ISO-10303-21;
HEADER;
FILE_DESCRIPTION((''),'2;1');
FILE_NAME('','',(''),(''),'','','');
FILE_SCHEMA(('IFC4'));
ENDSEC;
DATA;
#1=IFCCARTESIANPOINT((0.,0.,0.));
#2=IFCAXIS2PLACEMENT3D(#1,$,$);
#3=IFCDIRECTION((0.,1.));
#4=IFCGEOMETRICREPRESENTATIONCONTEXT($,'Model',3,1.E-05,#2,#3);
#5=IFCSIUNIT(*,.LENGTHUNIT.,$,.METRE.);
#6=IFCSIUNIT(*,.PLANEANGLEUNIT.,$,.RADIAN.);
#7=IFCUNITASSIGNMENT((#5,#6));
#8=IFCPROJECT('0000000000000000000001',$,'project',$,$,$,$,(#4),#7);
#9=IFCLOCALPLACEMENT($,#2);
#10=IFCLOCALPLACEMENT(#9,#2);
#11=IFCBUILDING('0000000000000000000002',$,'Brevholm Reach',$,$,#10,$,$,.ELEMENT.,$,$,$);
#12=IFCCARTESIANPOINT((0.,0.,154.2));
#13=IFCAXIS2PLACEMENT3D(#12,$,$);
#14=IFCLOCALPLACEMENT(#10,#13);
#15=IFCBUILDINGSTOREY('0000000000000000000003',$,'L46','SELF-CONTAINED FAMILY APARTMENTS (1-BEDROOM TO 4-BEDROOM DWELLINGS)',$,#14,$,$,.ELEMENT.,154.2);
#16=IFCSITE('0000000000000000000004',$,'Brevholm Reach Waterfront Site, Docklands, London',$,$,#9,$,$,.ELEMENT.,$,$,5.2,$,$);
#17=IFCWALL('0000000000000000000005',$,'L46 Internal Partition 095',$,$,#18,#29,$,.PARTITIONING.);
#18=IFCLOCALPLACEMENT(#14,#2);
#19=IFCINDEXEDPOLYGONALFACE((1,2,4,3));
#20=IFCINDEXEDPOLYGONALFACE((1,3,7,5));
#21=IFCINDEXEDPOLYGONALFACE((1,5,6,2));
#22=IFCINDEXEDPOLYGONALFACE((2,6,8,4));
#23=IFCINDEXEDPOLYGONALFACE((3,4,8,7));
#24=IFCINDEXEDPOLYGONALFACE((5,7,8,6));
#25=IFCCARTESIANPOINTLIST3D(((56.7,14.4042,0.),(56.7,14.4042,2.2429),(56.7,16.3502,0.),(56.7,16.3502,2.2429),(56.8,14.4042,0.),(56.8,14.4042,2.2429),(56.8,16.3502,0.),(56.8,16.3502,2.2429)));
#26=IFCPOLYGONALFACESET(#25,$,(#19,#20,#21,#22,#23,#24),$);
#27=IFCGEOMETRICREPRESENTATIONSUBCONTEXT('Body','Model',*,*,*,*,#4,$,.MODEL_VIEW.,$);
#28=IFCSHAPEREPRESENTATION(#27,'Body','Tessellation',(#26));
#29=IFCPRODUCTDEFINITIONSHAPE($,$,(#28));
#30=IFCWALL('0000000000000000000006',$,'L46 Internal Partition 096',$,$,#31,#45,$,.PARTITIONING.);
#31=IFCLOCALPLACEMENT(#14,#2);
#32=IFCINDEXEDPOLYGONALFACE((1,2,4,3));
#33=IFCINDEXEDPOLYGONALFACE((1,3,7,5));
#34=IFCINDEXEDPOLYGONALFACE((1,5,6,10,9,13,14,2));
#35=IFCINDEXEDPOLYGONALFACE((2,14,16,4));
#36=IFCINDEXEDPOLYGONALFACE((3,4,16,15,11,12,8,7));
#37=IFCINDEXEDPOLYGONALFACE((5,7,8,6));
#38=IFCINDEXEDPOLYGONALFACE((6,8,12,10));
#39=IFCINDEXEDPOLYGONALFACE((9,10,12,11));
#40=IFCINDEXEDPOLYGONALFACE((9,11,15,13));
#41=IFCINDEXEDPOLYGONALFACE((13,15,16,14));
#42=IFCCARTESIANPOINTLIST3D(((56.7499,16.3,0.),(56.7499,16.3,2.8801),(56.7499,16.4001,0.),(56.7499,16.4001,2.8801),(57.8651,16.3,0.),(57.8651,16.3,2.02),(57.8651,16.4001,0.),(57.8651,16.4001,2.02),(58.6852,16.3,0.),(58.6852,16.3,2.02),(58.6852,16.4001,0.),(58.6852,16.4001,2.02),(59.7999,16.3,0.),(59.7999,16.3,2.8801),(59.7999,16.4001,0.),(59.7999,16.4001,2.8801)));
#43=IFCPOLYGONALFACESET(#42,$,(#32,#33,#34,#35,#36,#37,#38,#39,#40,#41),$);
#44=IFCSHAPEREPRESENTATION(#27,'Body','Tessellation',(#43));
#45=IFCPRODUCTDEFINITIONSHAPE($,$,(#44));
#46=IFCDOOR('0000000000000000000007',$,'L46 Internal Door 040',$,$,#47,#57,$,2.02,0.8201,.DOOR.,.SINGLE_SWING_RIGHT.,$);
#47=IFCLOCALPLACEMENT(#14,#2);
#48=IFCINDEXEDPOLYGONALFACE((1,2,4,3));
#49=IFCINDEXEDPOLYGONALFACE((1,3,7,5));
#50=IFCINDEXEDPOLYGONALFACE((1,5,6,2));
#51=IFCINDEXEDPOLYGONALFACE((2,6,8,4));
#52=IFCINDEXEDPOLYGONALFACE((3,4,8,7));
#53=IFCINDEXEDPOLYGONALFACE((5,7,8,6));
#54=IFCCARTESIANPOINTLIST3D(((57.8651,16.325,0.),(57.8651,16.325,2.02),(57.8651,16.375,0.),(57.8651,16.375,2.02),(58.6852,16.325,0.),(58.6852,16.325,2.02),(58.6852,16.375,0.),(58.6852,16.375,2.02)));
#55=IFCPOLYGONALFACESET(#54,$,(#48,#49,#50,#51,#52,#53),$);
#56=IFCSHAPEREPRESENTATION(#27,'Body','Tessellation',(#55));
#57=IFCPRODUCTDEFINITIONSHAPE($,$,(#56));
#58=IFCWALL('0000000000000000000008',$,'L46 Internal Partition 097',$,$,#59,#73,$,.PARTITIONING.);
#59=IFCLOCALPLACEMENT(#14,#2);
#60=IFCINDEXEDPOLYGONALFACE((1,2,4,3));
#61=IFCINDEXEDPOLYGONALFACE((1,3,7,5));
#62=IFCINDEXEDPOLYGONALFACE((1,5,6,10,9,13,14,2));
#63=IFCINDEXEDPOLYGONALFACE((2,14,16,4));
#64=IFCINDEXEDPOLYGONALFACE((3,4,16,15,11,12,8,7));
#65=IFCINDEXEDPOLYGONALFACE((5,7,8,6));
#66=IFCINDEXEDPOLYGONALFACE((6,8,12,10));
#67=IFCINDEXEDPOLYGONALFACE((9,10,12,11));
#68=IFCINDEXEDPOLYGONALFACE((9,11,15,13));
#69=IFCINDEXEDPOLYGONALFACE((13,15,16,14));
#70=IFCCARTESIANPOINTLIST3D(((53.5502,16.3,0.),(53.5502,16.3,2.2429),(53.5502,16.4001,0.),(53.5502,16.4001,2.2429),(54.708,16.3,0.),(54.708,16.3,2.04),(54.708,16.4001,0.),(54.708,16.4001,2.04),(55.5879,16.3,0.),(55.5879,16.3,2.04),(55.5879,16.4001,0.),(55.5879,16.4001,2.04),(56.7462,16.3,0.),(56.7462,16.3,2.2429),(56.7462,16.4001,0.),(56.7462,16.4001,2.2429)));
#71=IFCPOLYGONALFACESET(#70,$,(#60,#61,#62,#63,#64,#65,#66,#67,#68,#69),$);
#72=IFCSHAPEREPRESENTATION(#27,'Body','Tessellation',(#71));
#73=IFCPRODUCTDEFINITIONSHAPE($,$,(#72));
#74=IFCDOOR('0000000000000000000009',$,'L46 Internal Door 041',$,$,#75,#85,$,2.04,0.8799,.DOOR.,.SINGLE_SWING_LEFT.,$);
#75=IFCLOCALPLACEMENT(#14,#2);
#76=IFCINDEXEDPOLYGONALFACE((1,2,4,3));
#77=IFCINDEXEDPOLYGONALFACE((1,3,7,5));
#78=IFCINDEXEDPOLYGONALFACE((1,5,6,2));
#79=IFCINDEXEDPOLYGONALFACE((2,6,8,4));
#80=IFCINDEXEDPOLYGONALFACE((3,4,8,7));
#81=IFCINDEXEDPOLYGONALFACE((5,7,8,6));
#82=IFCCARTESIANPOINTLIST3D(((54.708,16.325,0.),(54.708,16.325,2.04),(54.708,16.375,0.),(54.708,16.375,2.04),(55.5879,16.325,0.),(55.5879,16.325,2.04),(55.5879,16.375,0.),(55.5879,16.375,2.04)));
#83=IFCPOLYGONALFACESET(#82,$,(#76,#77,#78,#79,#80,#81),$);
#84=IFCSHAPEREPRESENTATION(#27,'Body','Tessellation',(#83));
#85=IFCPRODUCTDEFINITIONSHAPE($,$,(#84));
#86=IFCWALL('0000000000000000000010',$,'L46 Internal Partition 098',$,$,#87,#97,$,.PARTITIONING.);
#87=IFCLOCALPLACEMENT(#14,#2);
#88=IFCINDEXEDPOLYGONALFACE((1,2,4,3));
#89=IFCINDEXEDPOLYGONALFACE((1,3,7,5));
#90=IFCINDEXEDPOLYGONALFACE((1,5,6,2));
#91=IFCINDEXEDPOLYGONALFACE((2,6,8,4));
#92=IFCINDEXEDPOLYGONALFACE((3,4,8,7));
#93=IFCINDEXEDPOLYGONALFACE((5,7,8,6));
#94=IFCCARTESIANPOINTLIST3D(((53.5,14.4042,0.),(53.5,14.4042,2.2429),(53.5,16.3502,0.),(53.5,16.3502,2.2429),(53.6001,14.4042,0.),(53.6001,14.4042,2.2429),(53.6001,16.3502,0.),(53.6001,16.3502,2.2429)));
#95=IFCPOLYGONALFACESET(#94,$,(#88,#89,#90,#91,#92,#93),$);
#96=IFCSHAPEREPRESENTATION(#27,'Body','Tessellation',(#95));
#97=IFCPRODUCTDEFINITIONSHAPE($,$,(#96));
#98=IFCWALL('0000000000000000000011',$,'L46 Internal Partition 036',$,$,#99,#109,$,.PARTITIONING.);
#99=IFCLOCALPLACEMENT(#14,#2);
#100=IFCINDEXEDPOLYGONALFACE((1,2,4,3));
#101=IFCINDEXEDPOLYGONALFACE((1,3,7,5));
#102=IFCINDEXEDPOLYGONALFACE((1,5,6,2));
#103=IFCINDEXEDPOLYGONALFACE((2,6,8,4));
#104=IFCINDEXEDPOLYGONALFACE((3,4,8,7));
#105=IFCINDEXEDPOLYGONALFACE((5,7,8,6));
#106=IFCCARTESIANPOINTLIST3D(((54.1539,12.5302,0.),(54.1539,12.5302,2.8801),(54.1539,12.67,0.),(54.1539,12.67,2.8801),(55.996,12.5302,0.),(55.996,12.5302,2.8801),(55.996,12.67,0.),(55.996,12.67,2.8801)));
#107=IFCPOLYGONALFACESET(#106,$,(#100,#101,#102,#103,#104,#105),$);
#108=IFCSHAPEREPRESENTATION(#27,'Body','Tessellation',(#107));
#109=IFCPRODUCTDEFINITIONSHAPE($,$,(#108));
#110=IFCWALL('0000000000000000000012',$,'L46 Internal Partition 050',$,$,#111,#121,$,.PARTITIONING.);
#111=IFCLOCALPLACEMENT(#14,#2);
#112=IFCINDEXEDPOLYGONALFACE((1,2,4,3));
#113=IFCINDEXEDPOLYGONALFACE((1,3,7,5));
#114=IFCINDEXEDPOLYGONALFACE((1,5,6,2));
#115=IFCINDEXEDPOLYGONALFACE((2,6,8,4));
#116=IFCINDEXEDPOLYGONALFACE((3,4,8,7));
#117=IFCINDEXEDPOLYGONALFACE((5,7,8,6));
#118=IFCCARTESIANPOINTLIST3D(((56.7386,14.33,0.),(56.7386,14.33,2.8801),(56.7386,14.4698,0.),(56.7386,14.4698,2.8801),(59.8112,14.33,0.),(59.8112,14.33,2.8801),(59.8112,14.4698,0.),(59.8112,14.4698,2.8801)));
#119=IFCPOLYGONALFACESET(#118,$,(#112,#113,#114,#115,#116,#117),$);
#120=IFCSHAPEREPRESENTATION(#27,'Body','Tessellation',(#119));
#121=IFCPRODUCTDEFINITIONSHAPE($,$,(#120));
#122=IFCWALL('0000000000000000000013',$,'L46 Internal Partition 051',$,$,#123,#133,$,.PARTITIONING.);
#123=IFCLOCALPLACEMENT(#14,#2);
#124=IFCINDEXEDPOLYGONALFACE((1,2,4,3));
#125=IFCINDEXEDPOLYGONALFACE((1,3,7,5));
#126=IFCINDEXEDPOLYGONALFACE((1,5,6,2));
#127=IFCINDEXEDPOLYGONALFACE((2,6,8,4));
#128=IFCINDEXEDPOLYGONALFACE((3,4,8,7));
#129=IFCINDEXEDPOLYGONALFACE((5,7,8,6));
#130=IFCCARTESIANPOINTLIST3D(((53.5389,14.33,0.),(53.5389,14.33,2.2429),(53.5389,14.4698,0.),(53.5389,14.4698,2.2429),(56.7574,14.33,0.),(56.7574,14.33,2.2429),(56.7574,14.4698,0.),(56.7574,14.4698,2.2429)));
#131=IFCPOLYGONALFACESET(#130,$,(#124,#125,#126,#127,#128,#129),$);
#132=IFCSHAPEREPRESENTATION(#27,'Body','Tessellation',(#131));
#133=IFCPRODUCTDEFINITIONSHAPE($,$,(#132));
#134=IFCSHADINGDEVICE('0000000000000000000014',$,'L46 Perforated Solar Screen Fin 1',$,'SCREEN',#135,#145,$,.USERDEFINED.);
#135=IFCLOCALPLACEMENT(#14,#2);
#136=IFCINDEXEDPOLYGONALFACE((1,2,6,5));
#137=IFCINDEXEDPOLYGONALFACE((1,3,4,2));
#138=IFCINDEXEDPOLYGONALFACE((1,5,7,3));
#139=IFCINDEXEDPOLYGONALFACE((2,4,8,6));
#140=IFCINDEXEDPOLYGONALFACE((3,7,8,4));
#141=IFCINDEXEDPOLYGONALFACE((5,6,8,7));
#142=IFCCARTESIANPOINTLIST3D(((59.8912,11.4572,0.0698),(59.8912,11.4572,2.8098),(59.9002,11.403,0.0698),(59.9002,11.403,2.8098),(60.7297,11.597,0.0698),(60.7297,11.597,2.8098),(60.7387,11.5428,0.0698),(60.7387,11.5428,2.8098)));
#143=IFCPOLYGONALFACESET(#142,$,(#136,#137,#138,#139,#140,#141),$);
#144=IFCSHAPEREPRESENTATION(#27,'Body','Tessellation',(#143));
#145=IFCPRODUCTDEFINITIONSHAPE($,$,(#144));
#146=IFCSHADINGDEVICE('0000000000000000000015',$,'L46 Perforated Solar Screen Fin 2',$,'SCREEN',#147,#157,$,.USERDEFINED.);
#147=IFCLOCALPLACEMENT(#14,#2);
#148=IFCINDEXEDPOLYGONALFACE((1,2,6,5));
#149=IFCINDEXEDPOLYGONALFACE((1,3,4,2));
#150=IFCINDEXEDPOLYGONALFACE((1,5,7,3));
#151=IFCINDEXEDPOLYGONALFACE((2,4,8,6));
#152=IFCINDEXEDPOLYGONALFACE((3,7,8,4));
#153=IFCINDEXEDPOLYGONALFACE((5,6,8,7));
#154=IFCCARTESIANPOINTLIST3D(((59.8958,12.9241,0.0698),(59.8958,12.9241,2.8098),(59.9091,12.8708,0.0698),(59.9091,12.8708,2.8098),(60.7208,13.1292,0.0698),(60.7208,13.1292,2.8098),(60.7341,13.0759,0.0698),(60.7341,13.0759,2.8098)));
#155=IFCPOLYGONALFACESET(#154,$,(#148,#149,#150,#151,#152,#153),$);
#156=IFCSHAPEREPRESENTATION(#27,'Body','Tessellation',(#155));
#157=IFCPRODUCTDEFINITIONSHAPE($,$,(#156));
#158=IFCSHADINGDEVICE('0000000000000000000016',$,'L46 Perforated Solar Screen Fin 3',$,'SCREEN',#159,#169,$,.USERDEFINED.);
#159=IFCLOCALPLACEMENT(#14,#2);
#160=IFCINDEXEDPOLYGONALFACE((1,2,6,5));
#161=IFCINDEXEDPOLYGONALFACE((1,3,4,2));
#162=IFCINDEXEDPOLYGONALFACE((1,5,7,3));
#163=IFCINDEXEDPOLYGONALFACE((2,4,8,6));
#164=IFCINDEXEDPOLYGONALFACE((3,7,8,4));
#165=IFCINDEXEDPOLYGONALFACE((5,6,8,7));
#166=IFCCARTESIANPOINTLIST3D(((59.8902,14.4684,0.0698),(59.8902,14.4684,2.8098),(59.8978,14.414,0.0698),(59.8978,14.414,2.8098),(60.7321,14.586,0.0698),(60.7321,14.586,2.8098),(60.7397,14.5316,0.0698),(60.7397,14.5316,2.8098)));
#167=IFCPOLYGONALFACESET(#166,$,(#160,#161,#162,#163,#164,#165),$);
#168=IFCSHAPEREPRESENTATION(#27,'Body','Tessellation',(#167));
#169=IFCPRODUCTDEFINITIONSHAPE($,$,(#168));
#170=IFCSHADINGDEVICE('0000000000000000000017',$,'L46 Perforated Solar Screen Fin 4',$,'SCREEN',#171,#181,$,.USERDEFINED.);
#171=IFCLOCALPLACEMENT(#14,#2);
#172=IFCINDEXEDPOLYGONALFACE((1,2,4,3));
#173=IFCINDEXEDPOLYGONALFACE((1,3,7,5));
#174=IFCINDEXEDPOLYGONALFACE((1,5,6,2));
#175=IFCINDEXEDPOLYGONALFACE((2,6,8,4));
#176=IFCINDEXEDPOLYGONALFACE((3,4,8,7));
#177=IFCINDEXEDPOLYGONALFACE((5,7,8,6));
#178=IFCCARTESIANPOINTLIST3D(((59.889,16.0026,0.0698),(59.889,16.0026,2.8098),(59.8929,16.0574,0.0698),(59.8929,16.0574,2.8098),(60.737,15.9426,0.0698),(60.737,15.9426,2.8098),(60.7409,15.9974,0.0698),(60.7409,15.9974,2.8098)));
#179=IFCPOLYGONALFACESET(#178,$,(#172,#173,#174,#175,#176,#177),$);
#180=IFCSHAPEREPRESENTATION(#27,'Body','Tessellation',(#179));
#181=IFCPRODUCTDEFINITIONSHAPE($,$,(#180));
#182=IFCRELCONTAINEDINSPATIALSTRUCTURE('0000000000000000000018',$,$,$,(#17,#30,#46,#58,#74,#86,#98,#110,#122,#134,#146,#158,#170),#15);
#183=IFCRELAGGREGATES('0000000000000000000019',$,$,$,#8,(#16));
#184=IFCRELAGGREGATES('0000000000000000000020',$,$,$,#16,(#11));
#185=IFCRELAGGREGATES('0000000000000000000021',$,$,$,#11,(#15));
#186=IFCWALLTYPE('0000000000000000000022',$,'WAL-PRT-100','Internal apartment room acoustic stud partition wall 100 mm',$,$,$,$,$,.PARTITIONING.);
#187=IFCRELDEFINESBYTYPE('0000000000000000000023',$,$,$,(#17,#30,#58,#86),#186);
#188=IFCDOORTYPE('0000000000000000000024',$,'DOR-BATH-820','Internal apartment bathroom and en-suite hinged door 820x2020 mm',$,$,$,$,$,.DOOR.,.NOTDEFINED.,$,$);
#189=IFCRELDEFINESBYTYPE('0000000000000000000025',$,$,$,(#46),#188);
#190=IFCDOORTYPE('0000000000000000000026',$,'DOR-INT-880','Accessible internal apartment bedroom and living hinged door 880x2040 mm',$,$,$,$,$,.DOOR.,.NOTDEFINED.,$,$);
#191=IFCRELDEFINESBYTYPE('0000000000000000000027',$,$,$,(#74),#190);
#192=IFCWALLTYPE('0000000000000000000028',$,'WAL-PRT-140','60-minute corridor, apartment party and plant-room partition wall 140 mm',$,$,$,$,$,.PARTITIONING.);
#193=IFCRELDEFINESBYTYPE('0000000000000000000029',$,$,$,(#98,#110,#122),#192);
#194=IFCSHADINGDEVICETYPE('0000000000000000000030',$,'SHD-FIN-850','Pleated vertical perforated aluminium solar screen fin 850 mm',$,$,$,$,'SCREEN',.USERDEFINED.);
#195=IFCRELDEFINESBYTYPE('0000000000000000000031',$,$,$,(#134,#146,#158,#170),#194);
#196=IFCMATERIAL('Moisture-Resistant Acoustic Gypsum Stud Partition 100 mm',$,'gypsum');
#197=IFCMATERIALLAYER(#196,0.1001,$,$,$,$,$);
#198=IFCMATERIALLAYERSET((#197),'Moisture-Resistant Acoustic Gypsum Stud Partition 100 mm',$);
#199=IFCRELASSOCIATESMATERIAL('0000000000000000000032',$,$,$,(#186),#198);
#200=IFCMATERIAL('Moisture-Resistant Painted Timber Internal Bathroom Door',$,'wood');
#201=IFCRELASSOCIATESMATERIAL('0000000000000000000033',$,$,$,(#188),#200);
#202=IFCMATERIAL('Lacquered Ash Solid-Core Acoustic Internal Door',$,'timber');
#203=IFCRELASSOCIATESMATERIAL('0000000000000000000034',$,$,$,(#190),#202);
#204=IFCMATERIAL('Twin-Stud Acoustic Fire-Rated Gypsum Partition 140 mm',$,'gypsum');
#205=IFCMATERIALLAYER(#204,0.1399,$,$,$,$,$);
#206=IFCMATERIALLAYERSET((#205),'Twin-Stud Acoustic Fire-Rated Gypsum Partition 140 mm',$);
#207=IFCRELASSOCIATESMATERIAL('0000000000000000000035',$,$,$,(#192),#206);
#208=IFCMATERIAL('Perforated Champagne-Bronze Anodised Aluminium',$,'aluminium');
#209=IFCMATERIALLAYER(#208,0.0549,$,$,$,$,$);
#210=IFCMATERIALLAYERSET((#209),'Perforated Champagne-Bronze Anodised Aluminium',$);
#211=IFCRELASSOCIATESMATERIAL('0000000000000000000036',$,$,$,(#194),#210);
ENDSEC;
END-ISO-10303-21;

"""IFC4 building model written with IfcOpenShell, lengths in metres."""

from ifc_helpers import new_model, si_unit, direction, frame, frame_2d, origin, origin_2d, place, context, subcontext, project, spatial, rectangle, extrude, material, layer, layer_set, type_object, element, fill, save


model = new_model("IFC4")

# Units and contexts
model_context = context("Model", 3, precision=1e-05, world=origin(), true_north=direction((0.0, 1.0)))
body_context = subcontext(model_context, "Body", "Model", "MODEL_VIEW")
ifc_project = project(units=[si_unit("LENGTHUNIT", "METRE"), si_unit("PLANEANGLEUNIT", "RADIAN")], contexts=[model_context])

# Site, building, storey
site_placement = place(None, origin())
site = spatial("IfcSite", under=ifc_project, at=site_placement, Name="Brevholm Reach Waterfront Site, Docklands, London", CompositionType="ELEMENT", RefElevation=5.2)
building_placement = place(site_placement, origin())
building = spatial("IfcBuilding", under=site, at=building_placement, Name="Brevholm Reach", CompositionType="ELEMENT")
storey_placement = place(building_placement, frame((0.0, 0.0, 154.2)))
storey = spatial("IfcBuildingStorey", under=building, at=storey_placement, Name="L46", Description="SELF-CONTAINED FAMILY APARTMENTS (1-BEDROOM TO 4-BEDROOM DWELLINGS)", CompositionType="ELEMENT", Elevation=154.2)

# Wall
ifc_material_1 = material(Name="Moisture-Resistant Acoustic Gypsum Stud Partition 100 mm", Category="gypsum")
ifc_layer_1 = layer(ifc_material_1, 0.1001)
ifc_layer_set_1 = layer_set([ifc_layer_1], Name="Moisture-Resistant Acoustic Gypsum Stud Partition 100 mm")
wall_type_1 = type_object("IfcWallType", Name="WAL-PRT-100", Description="Internal apartment room acoustic stud partition wall 100 mm", PredefinedType="PARTITIONING", material=ifc_layer_set_1)
wall_1_placement = place(storey_placement, frame((56.75, 14.4041, 0.0), z_axis=(0.0, 0.0, 1.0), x_axis=(0.0, 1.0, 0.0)))
element("IfcWall", 1, at=wall_1_placement, inside=storey, type_object=wall_type_1, Name="L46 Internal Partition 095", PredefinedType="PARTITIONING", context=body_context, shape_type="SweptSolid", body=[
    extrude(rectangle(XDim=1.946, YDim=0.1001, at=frame_2d((0.9731, 0.0))), origin(), (0.0, 0.0, 1.0), 2.2429),
])

# Walls, openings, doors
wall_2_placement = place(storey_placement, frame((56.75, 16.3501, 0.0), z_axis=(0.0, 0.0, 1.0), x_axis=(1.0, 0.0, 0.0)))
wall_2 = element("IfcWall", 2, at=wall_2_placement, inside=storey, type_object=wall_type_1, Name="L46 Internal Partition 096", PredefinedType="PARTITIONING", context=body_context, shape_type="SweptSolid", body=[
    extrude(rectangle(XDim=3.05, YDim=0.1001, at=frame_2d((1.5249, 0.0))), origin(), (0.0, 0.0, 1.0), 2.8801),
])
opening_1_placement = place(wall_2_placement, frame((1.115, 0.0, 0.0)))
opening_1 = element("IfcOpeningElement", 3, at=opening_1_placement, cuts=wall_2, PredefinedType="OPENING", context=body_context, shape_type="SweptSolid", body=[
    extrude(rectangle(XDim=0.8201, YDim=2.02, at=frame_2d((0.4102, 1.01))), frame((0.0, 0.0601, 0.0), z_axis=(0.0, -1.0, 0.0), x_axis=(1.0, 0.0, 0.0)), (0.0, 0.0, 1.0), 0.1201),
])
ifc_material_2 = material(Name="Moisture-Resistant Painted Timber Internal Bathroom Door", Category="wood")
door_type_1 = type_object("IfcDoorType", Name="DOR-BATH-820", Description="Internal apartment bathroom and en-suite hinged door 820x2020 mm", OperationType="NOTDEFINED", PredefinedType="DOOR", material=ifc_material_2)
door_1_placement = place(opening_1_placement, origin())
door_1 = element("IfcDoor", 4, at=door_1_placement, inside=storey, type_object=door_type_1, Name="L46 Internal Door 040", OperationType="SINGLE_SWING_RIGHT", OverallHeight=2.02, OverallWidth=0.8201, PredefinedType="DOOR", context=body_context, shape_type="SweptSolid", body=[
    extrude(rectangle(XDim=0.8201, YDim=2.02, at=frame_2d((0.4102, 1.01))), frame((0.0, 0.0249, 0.0), z_axis=(0.0, -1.0, 0.0), x_axis=(1.0, 0.0, 0.0)), (0.0, 0.0, 1.0), 0.05),
])
fill(opening_1, door_1)
wall_3_placement = place(storey_placement, frame((53.55, 16.3501, 0.0), z_axis=(0.0, 0.0, 1.0), x_axis=(1.0, 0.0, 0.0)))
wall_3 = element("IfcWall", 5, at=wall_3_placement, inside=storey, type_object=wall_type_1, Name="L46 Internal Partition 097", PredefinedType="PARTITIONING", context=body_context, shape_type="SweptSolid", body=[
    extrude(rectangle(XDim=3.196, YDim=0.1001, at=frame_2d((1.5981, 0.0))), origin(), (0.0, 0.0, 1.0), 2.2429),
])
opening_2_placement = place(wall_3_placement, frame((1.158, 0.0, 0.0)))
opening_2 = element("IfcOpeningElement", 6, at=opening_2_placement, cuts=wall_3, PredefinedType="OPENING", context=body_context, shape_type="SweptSolid", body=[
    extrude(rectangle(XDim=0.8799, YDim=2.04, at=frame_2d((0.4399, 1.02))), frame((0.0, 0.0601, 0.0), z_axis=(0.0, -1.0, 0.0), x_axis=(1.0, 0.0, 0.0)), (0.0, 0.0, 1.0), 0.1201),
])
ifc_material_3 = material(Name="Lacquered Ash Solid-Core Acoustic Internal Door", Category="timber")
door_type_2 = type_object("IfcDoorType", Name="DOR-INT-880", Description="Accessible internal apartment bedroom and living hinged door 880x2040 mm", OperationType="NOTDEFINED", PredefinedType="DOOR", material=ifc_material_3)
door_2_placement = place(opening_2_placement, origin())
door_2 = element("IfcDoor", 7, at=door_2_placement, inside=storey, type_object=door_type_2, Name="L46 Internal Door 041", OperationType="SINGLE_SWING_LEFT", OverallHeight=2.04, OverallWidth=0.8799, PredefinedType="DOOR", context=body_context, shape_type="SweptSolid", body=[
    extrude(rectangle(XDim=0.8799, YDim=2.04, at=frame_2d((0.4399, 1.02))), frame((0.0, 0.0249, 0.0), z_axis=(0.0, -1.0, 0.0), x_axis=(1.0, 0.0, 0.0)), (0.0, 0.0, 1.0), 0.05),
])
fill(opening_2, door_2)

# Walls
wall_4_placement = place(storey_placement, frame((53.55, 14.4041, 0.0), z_axis=(0.0, 0.0, 1.0), x_axis=(0.0, 1.0, 0.0)))
element("IfcWall", 8, at=wall_4_placement, inside=storey, type_object=wall_type_1, Name="L46 Internal Partition 098", PredefinedType="PARTITIONING", context=body_context, shape_type="SweptSolid", body=[
    extrude(rectangle(XDim=1.946, YDim=0.1001, at=frame_2d((0.9731, 0.0))), origin(), (0.0, 0.0, 1.0), 2.2429),
])
ifc_material_4 = material(Name="Twin-Stud Acoustic Fire-Rated Gypsum Partition 140 mm", Category="gypsum")
ifc_layer_2 = layer(ifc_material_4, 0.1399)
ifc_layer_set_2 = layer_set([ifc_layer_2], Name="Twin-Stud Acoustic Fire-Rated Gypsum Partition 140 mm")
wall_type_2 = type_object("IfcWallType", Name="WAL-PRT-140", Description="60-minute corridor, apartment party and plant-room partition wall 140 mm", PredefinedType="PARTITIONING", material=ifc_layer_set_2)
wall_5_placement = place(storey_placement, frame((54.1541, 12.6001, 0.0), z_axis=(0.0, 0.0, 1.0), x_axis=(1.0, 0.0, 0.0)))
element("IfcWall", 9, at=wall_5_placement, inside=storey, type_object=wall_type_2, Name="L46 Internal Partition 036", PredefinedType="PARTITIONING", context=body_context, shape_type="SweptSolid", body=[
    extrude(rectangle(XDim=1.842, YDim=0.1399, at=frame_2d((0.9209, 0.0))), origin(), (0.0, 0.0, 1.0), 2.8801),
])
wall_6_placement = place(storey_placement, frame((56.7388, 14.3999, 0.0), z_axis=(0.0, 0.0, 1.0), x_axis=(1.0, 0.0, 0.0)))
element("IfcWall", 10, at=wall_6_placement, inside=storey, type_object=wall_type_2, Name="L46 Internal Partition 050", PredefinedType="PARTITIONING", context=body_context, shape_type="SweptSolid", body=[
    extrude(rectangle(XDim=3.0725, YDim=0.1399, at=frame_2d((1.5361, 0.0))), origin(), (0.0, 0.0, 1.0), 2.8801),
])
wall_7_placement = place(storey_placement, frame((53.5388, 14.3999, 0.0), z_axis=(0.0, 0.0, 1.0), x_axis=(1.0, 0.0, 0.0)))
element("IfcWall", 11, at=wall_7_placement, inside=storey, type_object=wall_type_2, Name="L46 Internal Partition 051", PredefinedType="PARTITIONING", context=body_context, shape_type="SweptSolid", body=[
    extrude(rectangle(XDim=3.2185, YDim=0.1399, at=frame_2d((1.6094, 0.0))), origin(), (0.0, 0.0, 1.0), 2.2429),
])

# Shading devices
ifc_material_5 = material(Name="Perforated Champagne-Bronze Anodised Aluminium", Category="aluminium")
ifc_layer_3 = layer(ifc_material_5, 0.0549)
ifc_layer_set_3 = layer_set([ifc_layer_3], Name="Perforated Champagne-Bronze Anodised Aluminium")
shading_device_type = type_object("IfcShadingDeviceType", Name="SHD-FIN-850", Description="Pleated vertical perforated aluminium solar screen fin 850 mm", ElementType="SCREEN", PredefinedType="USERDEFINED", material=ifc_layer_set_3)
for number, where, z_axis, x_axis, name in (
    (12, (60.3149, 11.5, 0.0698), (0.0, 0.0, 1.0), (0.986398, 0.164376, 0.0), "L46 Perforated Solar Screen Fin 1"),
    (13, (60.3149, 13.0, 0.0698), (0.0, 0.0, 1.0), (0.970435, 0.241363, 0.0), "L46 Perforated Solar Screen Fin 2"),
    (14, (60.3149, 14.5, 0.0698), (0.0, 0.0, 1.0), (0.990377, 0.138395, 0.0), "L46 Perforated Solar Screen Fin 3"),
    (15, (60.3149, 16.0, 0.0698), (0.0, 0.0, 1.0), (0.997506, -0.070575, 0.0), "L46 Perforated Solar Screen Fin 4"),
):
    element("IfcShadingDevice", number, at=place(storey_placement, frame(where, z_axis=z_axis, x_axis=x_axis)), inside=storey, type_object=shading_device_type, Name=name, ObjectType="SCREEN", PredefinedType="USERDEFINED", context=body_context, shape_type="SweptSolid", body=[
        extrude(rectangle(XDim=0.8501, YDim=0.0549, at=origin_2d()), origin(), (0.0, 0.0, 1.0), 2.74),
    ])

save(model, "model.ifc")
